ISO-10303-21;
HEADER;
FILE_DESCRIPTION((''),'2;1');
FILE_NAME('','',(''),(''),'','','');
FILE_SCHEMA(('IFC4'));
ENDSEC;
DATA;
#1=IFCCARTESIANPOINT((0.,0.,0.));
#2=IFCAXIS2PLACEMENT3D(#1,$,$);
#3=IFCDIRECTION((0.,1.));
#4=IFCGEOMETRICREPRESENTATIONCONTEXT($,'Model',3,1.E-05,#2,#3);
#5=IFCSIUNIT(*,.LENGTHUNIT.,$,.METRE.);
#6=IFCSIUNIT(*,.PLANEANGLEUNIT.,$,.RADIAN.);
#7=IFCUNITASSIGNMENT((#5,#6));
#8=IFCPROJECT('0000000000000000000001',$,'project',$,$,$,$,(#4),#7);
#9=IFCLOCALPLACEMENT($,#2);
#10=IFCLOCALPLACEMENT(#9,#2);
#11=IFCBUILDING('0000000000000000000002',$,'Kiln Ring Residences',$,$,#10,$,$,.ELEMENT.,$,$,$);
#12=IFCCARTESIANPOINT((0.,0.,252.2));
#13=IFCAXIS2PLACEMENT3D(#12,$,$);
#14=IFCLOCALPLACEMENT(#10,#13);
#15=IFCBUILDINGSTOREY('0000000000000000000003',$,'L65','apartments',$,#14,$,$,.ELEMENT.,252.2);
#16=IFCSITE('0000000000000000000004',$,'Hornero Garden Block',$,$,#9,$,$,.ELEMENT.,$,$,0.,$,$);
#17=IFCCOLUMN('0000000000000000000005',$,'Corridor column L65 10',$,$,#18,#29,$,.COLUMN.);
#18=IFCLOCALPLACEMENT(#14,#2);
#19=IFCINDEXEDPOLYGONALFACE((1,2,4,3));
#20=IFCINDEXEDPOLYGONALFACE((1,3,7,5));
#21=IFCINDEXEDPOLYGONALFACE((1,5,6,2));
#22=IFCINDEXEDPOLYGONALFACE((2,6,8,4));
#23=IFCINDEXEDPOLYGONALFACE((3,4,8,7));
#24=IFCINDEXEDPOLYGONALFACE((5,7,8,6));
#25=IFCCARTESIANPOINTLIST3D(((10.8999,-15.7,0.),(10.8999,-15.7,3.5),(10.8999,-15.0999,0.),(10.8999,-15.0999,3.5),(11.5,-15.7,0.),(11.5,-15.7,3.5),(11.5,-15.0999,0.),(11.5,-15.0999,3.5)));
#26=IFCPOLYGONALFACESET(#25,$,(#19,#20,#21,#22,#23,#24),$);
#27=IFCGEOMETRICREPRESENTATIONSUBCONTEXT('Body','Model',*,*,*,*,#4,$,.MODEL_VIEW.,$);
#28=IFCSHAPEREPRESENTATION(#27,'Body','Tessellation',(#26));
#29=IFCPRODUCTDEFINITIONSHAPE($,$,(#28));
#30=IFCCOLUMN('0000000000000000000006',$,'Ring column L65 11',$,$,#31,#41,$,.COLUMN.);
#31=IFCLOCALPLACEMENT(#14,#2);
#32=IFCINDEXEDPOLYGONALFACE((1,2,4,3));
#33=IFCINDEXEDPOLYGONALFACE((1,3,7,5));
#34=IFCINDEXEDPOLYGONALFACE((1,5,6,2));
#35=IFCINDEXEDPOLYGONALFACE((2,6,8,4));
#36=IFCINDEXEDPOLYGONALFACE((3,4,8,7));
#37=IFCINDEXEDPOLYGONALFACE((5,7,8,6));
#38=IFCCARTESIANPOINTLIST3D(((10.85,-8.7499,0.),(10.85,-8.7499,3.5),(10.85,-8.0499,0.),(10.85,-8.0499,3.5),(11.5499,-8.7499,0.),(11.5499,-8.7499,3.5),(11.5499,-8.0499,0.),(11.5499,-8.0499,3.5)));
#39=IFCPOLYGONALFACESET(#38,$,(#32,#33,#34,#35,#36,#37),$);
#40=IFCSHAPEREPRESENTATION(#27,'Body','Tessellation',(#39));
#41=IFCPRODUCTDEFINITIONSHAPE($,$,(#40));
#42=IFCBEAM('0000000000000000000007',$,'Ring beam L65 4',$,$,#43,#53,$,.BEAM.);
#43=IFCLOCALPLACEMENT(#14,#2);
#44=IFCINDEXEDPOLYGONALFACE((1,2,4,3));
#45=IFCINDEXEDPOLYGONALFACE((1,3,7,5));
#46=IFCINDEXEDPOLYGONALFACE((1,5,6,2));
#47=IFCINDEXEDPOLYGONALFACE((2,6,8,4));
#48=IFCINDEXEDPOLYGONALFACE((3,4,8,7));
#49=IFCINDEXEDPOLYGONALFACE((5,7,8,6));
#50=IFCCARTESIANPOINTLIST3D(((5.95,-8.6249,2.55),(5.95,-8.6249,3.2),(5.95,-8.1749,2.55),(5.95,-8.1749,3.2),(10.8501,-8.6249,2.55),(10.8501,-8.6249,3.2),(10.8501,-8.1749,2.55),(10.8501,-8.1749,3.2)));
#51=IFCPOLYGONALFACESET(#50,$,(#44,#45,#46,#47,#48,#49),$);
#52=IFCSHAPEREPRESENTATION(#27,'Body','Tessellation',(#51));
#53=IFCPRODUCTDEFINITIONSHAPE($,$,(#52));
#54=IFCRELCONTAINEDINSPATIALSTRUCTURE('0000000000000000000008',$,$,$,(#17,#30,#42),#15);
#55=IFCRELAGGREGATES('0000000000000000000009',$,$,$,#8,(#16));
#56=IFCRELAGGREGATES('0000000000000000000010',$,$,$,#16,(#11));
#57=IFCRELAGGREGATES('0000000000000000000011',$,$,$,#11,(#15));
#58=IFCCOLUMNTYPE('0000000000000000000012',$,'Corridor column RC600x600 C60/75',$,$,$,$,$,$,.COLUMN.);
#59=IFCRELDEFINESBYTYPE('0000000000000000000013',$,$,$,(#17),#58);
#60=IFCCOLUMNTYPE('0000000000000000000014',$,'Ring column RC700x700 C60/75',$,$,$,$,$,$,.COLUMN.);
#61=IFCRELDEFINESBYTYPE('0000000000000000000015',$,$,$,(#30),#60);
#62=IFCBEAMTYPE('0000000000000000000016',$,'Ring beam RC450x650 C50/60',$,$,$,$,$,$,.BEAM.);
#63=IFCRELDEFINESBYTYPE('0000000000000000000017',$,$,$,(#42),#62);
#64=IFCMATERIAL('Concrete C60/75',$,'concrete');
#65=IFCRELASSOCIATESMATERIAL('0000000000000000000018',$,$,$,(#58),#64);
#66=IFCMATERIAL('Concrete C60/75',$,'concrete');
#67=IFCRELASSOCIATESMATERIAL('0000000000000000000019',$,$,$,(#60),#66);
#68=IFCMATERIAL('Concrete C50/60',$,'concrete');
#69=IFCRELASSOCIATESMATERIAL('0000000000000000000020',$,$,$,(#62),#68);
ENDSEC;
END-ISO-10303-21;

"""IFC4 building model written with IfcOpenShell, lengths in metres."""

from ifc_helpers import new_model, si_unit, direction, frame, origin, origin_2d, place, context, subcontext, project, spatial, rectangle, extrude, material, material_profile, profile_set, type_object, element, save


model = new_model("IFC4")

# Units and contexts
model_context = context("Model", 3, precision=1e-05, world=origin(), true_north=direction((0.0, 1.0)))
body_context = subcontext(model_context, "Body", "Model", "MODEL_VIEW")
ifc_project = project(units=[si_unit("LENGTHUNIT", "METRE"), si_unit("PLANEANGLEUNIT", "RADIAN")], contexts=[model_context])

# Site, building, storey
site_placement = place(None, origin())
site = spatial("IfcSite", under=ifc_project, at=site_placement, Name="Hornero Garden Block", CompositionType="ELEMENT", RefElevation=0.0)
building_placement = place(site_placement, origin())
building = spatial("IfcBuilding", under=site, at=building_placement, Name="Kiln Ring Residences", CompositionType="ELEMENT")
storey_placement = place(building_placement, frame((0.0, 0.0, 252.2)))
storey = spatial("IfcBuildingStorey", under=building, at=storey_placement, Name="L65", Description="apartments", CompositionType="ELEMENT", Elevation=252.2)

# Columns
ifc_material_1 = material(Name="Concrete C60/75", Category="concrete")
ifc_material_profile_1 = material_profile(ifc_material_1, rectangle(XDim=0.6001, YDim=0.6001, at=origin_2d()), Name="RC600x600")
ifc_profile_set_1 = profile_set([ifc_material_profile_1], Name="Concrete C60/75")
column_type_1 = type_object("IfcColumnType", Name="Corridor column RC600x600 C60/75", PredefinedType="COLUMN", material=ifc_profile_set_1)
column_1_placement = place(storey_placement, frame((11.2, -15.3999, 0.0), z_axis=(0.0, 0.0, 1.0), x_axis=(1.0, 0.0, 0.0)))
element("IfcColumn", 1, at=column_1_placement, inside=storey, type_object=column_type_1, Name="Corridor column L65 10", PredefinedType="COLUMN", context=body_context, shape_type="SweptSolid", body=[
    extrude(rectangle(XDim=0.6001, YDim=0.6001, at=origin_2d()), origin(), (0.0, 0.0, 1.0), 3.5),
])
ifc_material_2 = material(Name="Concrete C60/75", Category="concrete")
ifc_material_profile_2 = material_profile(ifc_material_2, rectangle(XDim=0.7, YDim=0.7, at=origin_2d()), Name="RC700x700")
ifc_profile_set_2 = profile_set([ifc_material_profile_2], Name="Concrete C60/75")
column_type_2 = type_object("IfcColumnType", Name="Ring column RC700x700 C60/75", PredefinedType="COLUMN", material=ifc_profile_set_2)
column_2_placement = place(storey_placement, frame((11.2, -8.3999, 0.0), z_axis=(0.0, 0.0, 1.0), x_axis=(1.0, 0.0, 0.0)))
element("IfcColumn", 2, at=column_2_placement, inside=storey, type_object=column_type_2, Name="Ring column L65 11", PredefinedType="COLUMN", context=body_context, shape_type="SweptSolid", body=[
    extrude(rectangle(XDim=0.7, YDim=0.7, at=origin_2d()), origin(), (0.0, 0.0, 1.0), 3.5),
])

# Beam
ifc_material_3 = material(Name="Concrete C50/60", Category="concrete")
ifc_material_profile_3 = material_profile(ifc_material_3, rectangle(XDim=0.45, YDim=0.6499, at=origin_2d()), Name="RC450x650")
ifc_profile_set_3 = profile_set([ifc_material_profile_3], Name="Concrete C50/60")
beam_type = type_object("IfcBeamType", Name="Ring beam RC450x650 C50/60", PredefinedType="BEAM", material=ifc_profile_set_3)
beam_placement = place(storey_placement, frame((5.95, -8.3999, 2.875), z_axis=(1.0, 0.0, 0.0), x_axis=(0.0, 1.0, 0.0)))
element("IfcBeam", 3, at=beam_placement, inside=storey, type_object=beam_type, Name="Ring beam L65 4", PredefinedType="BEAM", context=body_context, shape_type="SweptSolid", body=[
    extrude(rectangle(XDim=0.45, YDim=0.6499, at=origin_2d()), origin(), (0.0, 0.0, 1.0), 4.9001),
])

save(model, "model.ifc")
